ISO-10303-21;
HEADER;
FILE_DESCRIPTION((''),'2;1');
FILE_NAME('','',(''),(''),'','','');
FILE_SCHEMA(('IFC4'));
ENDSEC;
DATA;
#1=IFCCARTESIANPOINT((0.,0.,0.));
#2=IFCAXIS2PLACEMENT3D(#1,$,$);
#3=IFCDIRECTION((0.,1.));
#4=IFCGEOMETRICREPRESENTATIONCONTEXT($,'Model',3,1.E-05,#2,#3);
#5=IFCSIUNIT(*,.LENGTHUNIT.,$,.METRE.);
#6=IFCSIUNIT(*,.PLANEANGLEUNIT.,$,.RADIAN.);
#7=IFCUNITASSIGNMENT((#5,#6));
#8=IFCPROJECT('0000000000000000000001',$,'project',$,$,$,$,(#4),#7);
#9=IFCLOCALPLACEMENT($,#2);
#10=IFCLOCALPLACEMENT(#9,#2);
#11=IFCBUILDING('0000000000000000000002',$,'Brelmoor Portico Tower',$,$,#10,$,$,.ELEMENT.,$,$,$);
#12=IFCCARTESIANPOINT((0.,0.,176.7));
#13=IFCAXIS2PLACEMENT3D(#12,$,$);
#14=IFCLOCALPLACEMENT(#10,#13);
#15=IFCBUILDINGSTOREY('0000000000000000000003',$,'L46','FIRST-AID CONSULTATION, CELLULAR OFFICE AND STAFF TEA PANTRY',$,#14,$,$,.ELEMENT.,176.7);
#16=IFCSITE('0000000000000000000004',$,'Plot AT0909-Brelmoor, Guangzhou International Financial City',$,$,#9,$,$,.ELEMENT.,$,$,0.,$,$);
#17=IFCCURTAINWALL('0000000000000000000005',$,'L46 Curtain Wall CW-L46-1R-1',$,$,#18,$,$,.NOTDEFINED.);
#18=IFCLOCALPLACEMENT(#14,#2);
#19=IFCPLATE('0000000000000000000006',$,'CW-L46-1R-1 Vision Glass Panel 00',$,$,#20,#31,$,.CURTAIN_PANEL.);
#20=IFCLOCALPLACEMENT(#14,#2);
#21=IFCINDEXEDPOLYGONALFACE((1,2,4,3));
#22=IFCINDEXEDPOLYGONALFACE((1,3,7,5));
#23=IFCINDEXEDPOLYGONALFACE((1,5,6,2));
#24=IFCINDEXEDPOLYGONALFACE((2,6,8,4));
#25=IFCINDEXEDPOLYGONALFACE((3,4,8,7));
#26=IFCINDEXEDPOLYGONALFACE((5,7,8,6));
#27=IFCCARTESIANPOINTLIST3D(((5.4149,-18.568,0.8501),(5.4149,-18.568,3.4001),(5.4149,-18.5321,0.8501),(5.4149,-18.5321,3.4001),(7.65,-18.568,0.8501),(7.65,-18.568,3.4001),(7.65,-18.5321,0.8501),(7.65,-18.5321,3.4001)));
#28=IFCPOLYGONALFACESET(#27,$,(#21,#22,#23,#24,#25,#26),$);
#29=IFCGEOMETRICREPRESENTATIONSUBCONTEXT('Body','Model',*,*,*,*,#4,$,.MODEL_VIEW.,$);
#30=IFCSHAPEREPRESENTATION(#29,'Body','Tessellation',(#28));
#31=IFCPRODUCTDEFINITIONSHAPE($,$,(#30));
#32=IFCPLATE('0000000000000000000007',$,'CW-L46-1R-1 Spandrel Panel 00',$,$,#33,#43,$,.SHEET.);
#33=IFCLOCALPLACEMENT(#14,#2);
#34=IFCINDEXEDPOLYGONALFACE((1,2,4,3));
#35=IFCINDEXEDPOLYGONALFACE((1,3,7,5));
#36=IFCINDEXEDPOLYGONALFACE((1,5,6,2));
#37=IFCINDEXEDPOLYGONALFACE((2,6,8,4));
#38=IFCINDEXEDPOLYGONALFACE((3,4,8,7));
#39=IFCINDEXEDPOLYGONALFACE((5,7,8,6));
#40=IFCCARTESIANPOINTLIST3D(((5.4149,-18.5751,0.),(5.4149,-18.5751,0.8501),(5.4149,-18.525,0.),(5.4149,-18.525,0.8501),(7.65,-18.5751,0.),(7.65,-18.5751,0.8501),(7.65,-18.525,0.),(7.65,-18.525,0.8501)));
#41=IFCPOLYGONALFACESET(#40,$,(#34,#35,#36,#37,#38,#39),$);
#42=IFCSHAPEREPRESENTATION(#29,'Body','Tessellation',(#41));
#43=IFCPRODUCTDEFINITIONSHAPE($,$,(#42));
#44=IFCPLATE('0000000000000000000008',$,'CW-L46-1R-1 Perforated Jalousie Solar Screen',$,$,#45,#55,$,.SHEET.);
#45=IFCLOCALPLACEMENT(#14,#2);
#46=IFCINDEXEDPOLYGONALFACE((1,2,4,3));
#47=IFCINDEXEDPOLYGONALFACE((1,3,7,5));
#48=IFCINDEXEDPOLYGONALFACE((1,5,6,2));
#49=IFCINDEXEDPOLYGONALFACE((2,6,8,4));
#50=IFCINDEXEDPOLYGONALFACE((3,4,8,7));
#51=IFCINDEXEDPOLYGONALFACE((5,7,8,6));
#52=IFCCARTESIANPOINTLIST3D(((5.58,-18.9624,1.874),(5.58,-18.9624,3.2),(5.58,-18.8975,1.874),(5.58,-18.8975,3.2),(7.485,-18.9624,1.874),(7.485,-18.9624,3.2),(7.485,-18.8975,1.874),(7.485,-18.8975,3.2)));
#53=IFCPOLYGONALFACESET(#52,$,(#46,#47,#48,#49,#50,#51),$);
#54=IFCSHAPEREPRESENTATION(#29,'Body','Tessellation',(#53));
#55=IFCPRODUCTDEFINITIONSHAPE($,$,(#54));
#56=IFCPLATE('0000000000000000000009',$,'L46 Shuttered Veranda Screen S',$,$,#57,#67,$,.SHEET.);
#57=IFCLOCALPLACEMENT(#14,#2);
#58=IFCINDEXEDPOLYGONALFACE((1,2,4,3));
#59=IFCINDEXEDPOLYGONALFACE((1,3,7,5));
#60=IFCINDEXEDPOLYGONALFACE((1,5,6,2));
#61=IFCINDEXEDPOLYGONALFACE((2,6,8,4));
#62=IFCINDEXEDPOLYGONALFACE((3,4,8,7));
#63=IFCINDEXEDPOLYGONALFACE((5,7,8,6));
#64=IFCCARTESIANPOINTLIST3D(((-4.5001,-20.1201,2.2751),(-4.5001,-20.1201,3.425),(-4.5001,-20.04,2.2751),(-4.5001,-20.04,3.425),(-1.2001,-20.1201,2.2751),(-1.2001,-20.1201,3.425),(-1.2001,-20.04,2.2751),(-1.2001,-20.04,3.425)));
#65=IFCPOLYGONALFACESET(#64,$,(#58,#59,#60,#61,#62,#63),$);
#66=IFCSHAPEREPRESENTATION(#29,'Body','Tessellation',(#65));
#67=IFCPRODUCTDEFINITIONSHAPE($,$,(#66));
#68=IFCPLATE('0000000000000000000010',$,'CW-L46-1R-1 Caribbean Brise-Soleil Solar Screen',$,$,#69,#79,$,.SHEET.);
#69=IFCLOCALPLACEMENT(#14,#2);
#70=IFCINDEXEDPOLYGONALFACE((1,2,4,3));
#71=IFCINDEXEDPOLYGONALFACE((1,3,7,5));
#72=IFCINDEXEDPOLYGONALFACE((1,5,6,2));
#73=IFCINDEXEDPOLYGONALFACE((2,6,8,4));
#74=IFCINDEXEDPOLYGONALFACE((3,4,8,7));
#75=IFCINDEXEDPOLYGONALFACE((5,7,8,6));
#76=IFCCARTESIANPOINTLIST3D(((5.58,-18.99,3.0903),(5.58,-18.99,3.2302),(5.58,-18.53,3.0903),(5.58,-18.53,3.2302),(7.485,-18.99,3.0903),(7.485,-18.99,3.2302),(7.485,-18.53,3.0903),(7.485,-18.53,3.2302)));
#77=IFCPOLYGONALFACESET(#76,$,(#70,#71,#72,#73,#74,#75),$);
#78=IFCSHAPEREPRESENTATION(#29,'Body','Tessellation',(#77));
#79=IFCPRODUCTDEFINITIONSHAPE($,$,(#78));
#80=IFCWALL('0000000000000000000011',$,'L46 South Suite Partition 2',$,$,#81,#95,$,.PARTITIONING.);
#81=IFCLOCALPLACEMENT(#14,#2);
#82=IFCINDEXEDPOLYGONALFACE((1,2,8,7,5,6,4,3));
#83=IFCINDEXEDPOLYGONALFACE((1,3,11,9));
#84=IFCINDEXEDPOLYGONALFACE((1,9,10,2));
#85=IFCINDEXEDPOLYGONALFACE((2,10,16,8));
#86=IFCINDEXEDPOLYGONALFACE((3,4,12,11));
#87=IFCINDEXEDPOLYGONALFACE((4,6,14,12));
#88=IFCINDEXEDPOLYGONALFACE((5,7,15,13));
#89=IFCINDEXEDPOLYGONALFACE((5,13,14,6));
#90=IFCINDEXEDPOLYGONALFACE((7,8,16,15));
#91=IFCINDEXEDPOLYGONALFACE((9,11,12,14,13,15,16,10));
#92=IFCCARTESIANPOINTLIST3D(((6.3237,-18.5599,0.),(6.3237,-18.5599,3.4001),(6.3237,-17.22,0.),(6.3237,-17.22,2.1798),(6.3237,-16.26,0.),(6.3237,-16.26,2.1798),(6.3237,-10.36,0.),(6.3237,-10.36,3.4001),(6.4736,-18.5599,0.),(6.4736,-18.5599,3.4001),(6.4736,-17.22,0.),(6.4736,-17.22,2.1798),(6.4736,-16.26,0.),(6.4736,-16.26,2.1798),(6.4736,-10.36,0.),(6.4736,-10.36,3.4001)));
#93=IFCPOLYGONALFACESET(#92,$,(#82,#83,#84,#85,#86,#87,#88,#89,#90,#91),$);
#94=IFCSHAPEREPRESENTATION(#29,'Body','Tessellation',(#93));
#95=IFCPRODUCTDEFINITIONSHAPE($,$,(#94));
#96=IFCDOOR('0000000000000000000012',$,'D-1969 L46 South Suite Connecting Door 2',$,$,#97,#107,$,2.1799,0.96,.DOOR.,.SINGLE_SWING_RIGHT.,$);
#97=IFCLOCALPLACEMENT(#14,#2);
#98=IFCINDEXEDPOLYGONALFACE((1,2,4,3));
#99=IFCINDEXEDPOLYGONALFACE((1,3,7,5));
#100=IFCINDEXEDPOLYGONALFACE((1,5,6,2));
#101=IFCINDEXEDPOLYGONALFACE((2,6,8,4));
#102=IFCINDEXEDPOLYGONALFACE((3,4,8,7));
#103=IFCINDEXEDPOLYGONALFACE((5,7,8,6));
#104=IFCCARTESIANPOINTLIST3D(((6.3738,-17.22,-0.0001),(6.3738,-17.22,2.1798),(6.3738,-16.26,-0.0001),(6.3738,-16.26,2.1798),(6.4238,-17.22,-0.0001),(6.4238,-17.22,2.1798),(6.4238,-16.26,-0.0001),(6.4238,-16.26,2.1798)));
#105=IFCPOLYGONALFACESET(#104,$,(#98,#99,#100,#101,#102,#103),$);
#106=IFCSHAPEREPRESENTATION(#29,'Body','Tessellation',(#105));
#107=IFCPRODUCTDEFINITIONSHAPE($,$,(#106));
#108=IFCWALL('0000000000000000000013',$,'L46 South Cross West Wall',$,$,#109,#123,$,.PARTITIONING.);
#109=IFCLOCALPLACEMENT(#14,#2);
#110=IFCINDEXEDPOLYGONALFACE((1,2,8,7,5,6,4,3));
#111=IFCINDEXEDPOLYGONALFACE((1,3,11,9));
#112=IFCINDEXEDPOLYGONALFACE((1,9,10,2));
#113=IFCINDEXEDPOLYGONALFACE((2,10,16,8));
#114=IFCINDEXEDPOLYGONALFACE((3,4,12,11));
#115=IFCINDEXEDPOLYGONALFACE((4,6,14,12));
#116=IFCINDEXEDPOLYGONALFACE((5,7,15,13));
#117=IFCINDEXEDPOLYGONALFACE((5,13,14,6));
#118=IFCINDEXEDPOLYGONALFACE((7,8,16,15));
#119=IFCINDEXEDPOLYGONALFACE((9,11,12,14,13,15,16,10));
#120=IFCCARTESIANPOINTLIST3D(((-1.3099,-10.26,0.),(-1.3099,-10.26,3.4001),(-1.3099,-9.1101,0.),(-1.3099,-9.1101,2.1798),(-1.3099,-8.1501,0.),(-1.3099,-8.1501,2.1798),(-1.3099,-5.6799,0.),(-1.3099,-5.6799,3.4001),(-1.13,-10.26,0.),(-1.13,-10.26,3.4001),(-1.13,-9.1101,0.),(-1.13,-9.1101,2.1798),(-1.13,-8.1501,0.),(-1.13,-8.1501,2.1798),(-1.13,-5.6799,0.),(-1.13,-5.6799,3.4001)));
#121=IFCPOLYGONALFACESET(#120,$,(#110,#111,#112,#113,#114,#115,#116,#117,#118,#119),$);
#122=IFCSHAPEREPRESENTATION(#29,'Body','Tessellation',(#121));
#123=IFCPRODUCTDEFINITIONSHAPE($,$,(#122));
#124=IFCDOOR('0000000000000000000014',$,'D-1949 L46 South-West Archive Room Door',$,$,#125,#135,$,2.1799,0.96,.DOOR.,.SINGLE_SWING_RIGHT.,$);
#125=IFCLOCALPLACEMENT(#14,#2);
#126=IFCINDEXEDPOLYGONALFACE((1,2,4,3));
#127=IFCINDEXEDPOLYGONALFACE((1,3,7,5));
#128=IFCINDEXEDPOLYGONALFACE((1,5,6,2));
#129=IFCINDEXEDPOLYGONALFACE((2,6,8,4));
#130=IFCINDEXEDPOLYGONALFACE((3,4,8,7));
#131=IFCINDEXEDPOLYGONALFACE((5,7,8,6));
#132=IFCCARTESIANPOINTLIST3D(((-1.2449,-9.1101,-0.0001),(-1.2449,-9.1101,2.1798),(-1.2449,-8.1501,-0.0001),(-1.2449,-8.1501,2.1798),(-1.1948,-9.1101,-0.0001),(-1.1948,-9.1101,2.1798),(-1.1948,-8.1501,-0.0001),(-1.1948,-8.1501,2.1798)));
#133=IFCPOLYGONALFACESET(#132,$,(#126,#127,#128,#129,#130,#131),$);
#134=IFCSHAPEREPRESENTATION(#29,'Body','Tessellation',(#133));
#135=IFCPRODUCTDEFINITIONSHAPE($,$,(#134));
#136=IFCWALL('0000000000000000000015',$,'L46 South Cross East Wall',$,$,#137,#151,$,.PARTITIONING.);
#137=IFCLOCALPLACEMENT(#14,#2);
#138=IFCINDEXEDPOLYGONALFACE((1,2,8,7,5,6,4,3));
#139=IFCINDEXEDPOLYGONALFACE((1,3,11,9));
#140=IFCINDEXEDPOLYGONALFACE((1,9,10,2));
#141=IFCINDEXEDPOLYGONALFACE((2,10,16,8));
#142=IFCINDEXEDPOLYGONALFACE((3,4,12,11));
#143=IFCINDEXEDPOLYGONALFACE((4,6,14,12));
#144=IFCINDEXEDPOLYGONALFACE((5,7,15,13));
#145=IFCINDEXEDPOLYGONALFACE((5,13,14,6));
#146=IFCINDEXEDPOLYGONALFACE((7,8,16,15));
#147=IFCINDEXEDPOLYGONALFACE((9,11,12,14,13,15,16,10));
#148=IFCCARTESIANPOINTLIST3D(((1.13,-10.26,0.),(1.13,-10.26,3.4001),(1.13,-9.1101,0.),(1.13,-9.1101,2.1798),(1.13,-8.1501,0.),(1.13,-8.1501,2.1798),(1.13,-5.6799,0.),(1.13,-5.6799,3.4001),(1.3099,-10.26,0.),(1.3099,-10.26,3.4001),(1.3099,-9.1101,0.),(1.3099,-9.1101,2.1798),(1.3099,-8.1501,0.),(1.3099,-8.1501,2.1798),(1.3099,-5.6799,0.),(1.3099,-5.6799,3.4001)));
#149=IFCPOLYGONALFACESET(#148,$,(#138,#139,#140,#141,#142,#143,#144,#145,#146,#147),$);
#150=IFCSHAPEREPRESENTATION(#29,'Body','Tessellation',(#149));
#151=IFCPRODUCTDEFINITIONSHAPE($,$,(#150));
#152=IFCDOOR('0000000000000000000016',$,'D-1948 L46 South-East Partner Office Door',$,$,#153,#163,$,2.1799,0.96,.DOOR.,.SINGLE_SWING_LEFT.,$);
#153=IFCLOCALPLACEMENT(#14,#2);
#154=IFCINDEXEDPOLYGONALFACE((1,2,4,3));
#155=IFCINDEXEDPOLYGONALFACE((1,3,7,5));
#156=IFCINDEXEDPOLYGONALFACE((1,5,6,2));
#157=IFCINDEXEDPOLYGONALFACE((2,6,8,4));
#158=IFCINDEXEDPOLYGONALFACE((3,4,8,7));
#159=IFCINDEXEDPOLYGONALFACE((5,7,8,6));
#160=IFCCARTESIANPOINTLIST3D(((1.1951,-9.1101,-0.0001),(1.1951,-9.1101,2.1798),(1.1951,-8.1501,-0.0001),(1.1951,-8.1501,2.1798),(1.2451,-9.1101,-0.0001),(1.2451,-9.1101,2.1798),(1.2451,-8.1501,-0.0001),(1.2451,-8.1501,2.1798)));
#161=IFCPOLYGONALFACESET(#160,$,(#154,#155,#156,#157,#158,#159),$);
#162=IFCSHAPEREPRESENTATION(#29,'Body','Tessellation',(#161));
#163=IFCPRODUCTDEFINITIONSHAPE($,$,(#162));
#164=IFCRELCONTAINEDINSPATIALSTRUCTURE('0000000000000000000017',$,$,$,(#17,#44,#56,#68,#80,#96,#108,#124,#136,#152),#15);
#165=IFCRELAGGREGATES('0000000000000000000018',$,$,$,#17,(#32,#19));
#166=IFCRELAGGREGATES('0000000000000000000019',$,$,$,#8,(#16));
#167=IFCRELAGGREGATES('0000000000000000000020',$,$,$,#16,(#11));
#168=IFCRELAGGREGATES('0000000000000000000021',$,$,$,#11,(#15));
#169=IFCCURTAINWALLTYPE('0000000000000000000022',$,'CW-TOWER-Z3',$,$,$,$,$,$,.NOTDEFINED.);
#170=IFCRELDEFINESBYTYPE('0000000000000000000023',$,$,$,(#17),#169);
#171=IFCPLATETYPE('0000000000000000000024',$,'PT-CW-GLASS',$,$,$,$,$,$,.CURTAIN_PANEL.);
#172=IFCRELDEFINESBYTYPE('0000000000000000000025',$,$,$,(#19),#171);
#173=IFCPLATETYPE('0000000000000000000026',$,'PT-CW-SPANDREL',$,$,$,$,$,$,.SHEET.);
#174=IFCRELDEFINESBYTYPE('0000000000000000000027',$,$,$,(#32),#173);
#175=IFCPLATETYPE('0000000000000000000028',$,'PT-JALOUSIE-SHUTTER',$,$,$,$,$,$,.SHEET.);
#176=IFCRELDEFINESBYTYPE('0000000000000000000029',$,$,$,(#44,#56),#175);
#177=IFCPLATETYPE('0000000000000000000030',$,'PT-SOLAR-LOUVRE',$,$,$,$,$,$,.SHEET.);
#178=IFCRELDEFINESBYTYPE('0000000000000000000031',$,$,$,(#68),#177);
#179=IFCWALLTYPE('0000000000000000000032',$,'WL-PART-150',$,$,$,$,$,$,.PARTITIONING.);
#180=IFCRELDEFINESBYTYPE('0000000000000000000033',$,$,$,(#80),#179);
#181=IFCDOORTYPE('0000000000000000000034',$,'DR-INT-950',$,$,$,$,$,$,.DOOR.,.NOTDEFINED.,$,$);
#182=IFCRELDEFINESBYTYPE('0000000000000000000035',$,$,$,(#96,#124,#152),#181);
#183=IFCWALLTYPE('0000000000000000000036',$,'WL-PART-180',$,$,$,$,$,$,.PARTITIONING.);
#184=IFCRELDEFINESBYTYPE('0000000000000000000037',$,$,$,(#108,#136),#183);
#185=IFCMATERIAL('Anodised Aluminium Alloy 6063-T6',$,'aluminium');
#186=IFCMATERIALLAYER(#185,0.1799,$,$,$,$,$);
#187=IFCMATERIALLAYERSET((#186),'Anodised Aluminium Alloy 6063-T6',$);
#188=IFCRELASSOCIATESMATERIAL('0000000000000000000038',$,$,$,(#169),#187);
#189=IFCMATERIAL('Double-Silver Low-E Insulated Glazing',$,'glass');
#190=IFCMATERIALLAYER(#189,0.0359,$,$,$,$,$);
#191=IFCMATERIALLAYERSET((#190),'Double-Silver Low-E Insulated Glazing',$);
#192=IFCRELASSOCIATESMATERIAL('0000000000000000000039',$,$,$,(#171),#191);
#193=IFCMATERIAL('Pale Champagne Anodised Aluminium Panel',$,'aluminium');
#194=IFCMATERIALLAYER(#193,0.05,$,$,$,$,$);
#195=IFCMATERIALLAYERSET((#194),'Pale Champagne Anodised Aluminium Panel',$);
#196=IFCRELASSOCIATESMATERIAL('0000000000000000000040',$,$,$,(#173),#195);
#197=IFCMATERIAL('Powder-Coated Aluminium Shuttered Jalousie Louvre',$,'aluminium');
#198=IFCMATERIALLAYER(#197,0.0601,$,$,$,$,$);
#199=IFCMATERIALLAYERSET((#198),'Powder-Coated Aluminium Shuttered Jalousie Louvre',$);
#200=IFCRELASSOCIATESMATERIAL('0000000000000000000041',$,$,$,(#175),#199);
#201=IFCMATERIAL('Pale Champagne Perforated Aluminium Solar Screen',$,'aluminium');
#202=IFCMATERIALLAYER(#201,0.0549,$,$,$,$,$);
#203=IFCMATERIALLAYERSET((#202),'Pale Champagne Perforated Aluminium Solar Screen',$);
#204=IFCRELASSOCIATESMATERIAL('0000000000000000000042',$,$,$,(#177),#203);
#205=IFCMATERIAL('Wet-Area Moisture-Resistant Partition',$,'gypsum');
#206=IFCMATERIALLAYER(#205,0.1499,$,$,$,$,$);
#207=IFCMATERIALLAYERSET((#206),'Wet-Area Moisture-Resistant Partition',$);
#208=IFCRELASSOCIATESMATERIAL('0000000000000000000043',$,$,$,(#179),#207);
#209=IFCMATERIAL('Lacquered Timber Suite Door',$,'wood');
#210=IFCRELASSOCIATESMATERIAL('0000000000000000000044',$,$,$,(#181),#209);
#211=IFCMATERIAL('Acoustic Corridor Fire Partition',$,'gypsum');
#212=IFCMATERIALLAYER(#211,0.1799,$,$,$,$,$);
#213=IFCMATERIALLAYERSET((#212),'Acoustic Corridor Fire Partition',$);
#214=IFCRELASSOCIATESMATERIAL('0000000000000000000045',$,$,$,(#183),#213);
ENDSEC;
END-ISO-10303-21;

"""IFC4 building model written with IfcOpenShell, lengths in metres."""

from ifc_helpers import new_model, si_unit, direction, frame, frame_2d, origin, origin_2d, place, context, subcontext, project, spatial, rectangle, extrude, material, layer, layer_set, type_object, element, fill, aggregate, save


model = new_model("IFC4")

# Units and contexts
model_context = context("Model", 3, precision=1e-05, world=origin(), true_north=direction((0.0, 1.0)))
body_context = subcontext(model_context, "Body", "Model", "MODEL_VIEW")
ifc_project = project(units=[si_unit("LENGTHUNIT", "METRE"), si_unit("PLANEANGLEUNIT", "RADIAN")], contexts=[model_context])

# Site, building, storey
site_placement = place(None, origin())
site = spatial("IfcSite", under=ifc_project, at=site_placement, Name="Plot AT0909-Brelmoor, Guangzhou International Financial City", CompositionType="ELEMENT", RefElevation=0.0)
building_placement = place(site_placement, origin())
building = spatial("IfcBuilding", under=site, at=building_placement, Name="Brelmoor Portico Tower", CompositionType="ELEMENT")
storey_placement = place(building_placement, frame((0.0, 0.0, 176.7)))
storey = spatial("IfcBuildingStorey", under=building, at=storey_placement, Name="L46", Description="FIRST-AID CONSULTATION, CELLULAR OFFICE AND STAFF TEA PANTRY", CompositionType="ELEMENT", Elevation=176.7)

# Curtain wall
ifc_material_1 = material(Name="Anodised Aluminium Alloy 6063-T6", Category="aluminium")
ifc_layer_1 = layer(ifc_material_1, 0.1799)
ifc_layer_set_1 = layer_set([ifc_layer_1], Name="Anodised Aluminium Alloy 6063-T6")
curtain_wall_type_1 = type_object("IfcCurtainWallType", Name="CW-TOWER-Z3", PredefinedType="NOTDEFINED", material=ifc_layer_set_1)
curtain_wall_1_placement = place(storey_placement, origin())
curtain_wall_1 = element("IfcCurtainWall", 1, at=curtain_wall_1_placement, inside=storey, type_object=curtain_wall_type_1, Name="L46 Curtain Wall CW-L46-1R-1", PredefinedType="NOTDEFINED")

# Plates
ifc_material_2 = material(Name="Double-Silver Low-E Insulated Glazing", Category="glass")
ifc_layer_2 = layer(ifc_material_2, 0.0359)
ifc_layer_set_2 = layer_set([ifc_layer_2], Name="Double-Silver Low-E Insulated Glazing")
plate_type_1 = type_object("IfcPlateType", Name="PT-CW-GLASS", PredefinedType="CURTAIN_PANEL", material=ifc_layer_set_2)
plate_1_placement = place(storey_placement, frame((6.5325, -18.55, 0.8501), z_axis=(0.0, 0.0, 1.0), x_axis=(1.0, 0.0, 0.0)))
plate_1 = element("IfcPlate", 2, at=plate_1_placement, type_object=plate_type_1, Name="CW-L46-1R-1 Vision Glass Panel 00", PredefinedType="CURTAIN_PANEL", context=body_context, shape_type="SweptSolid", body=[
    extrude(rectangle(XDim=2.2351, YDim=0.0359, at=origin_2d()), origin(), (0.0, 0.0, 1.0), 2.55),
])
ifc_material_3 = material(Name="Pale Champagne Anodised Aluminium Panel", Category="aluminium")
ifc_layer_3 = layer(ifc_material_3, 0.05)
ifc_layer_set_3 = layer_set([ifc_layer_3], Name="Pale Champagne Anodised Aluminium Panel")
plate_type_2 = type_object("IfcPlateType", Name="PT-CW-SPANDREL", PredefinedType="SHEET", material=ifc_layer_set_3)
plate_2_placement = place(storey_placement, frame((6.5325, -18.55, 0.0), z_axis=(0.0, 0.0, 1.0), x_axis=(1.0, 0.0, 0.0)))
plate_2 = element("IfcPlate", 3, at=plate_2_placement, type_object=plate_type_2, Name="CW-L46-1R-1 Spandrel Panel 00", PredefinedType="SHEET", context=body_context, shape_type="SweptSolid", body=[
    extrude(rectangle(XDim=2.2351, YDim=0.05, at=origin_2d()), origin(), (0.0, 0.0, 1.0), 0.8501),
])
aggregate(curtain_wall_1, [plate_2, plate_1])

# Plates
ifc_material_4 = material(Name="Powder-Coated Aluminium Shuttered Jalousie Louvre", Category="aluminium")
ifc_layer_4 = layer(ifc_material_4, 0.0601)
ifc_layer_set_4 = layer_set([ifc_layer_4], Name="Powder-Coated Aluminium Shuttered Jalousie Louvre")
plate_type_3 = type_object("IfcPlateType", Name="PT-JALOUSIE-SHUTTER", PredefinedType="SHEET", material=ifc_layer_set_4)
plate_3_placement = place(storey_placement, frame((6.5325, -18.9299, 1.874), z_axis=(0.0, 0.0, 1.0), x_axis=(1.0, 0.0, 0.0)))
element("IfcPlate", 4, at=plate_3_placement, inside=storey, type_object=plate_type_3, Name="CW-L46-1R-1 Perforated Jalousie Solar Screen", PredefinedType="SHEET", context=body_context, shape_type="SweptSolid", body=[
    extrude(rectangle(XDim=1.905, YDim=0.0649, at=origin_2d()), origin(), (0.0, 0.0, 1.0), 1.3259),
])
plate_4_placement = place(storey_placement, frame((-2.8501, -20.0801, 2.2751), z_axis=(0.0, 0.0, 1.0), x_axis=(1.0, 0.0, 0.0)))
element("IfcPlate", 5, at=plate_4_placement, inside=storey, type_object=plate_type_3, Name="L46 Shuttered Veranda Screen S", PredefinedType="SHEET", context=body_context, shape_type="SweptSolid", body=[
    extrude(rectangle(XDim=3.3, YDim=0.0801, at=origin_2d()), origin(), (0.0, 0.0, 1.0), 1.1499),
])
ifc_material_5 = material(Name="Pale Champagne Perforated Aluminium Solar Screen", Category="aluminium")
ifc_layer_5 = layer(ifc_material_5, 0.0549)
ifc_layer_set_5 = layer_set([ifc_layer_5], Name="Pale Champagne Perforated Aluminium Solar Screen")
plate_type_4 = type_object("IfcPlateType", Name="PT-SOLAR-LOUVRE", PredefinedType="SHEET", material=ifc_layer_set_5)
plate_5_placement = place(storey_placement, frame((6.5325, -18.76, 3.0903), z_axis=(0.0, 0.0, 1.0), x_axis=(1.0, 0.0, 0.0)))
element("IfcPlate", 6, at=plate_5_placement, inside=storey, type_object=plate_type_4, Name="CW-L46-1R-1 Caribbean Brise-Soleil Solar Screen", PredefinedType="SHEET", context=body_context, shape_type="SweptSolid", body=[
    extrude(rectangle(XDim=1.905, YDim=0.46, at=origin_2d()), origin(), (0.0, 0.0, 1.0), 0.1399),
])

# Walls, openings, doors
ifc_material_6 = material(Name="Wet-Area Moisture-Resistant Partition", Category="gypsum")
ifc_layer_6 = layer(ifc_material_6, 0.1499)
ifc_layer_set_6 = layer_set([ifc_layer_6], Name="Wet-Area Moisture-Resistant Partition")
wall_type_1 = type_object("IfcWallType", Name="WL-PART-150", PredefinedType="PARTITIONING", material=ifc_layer_set_6)
wall_1_placement = place(storey_placement, frame((6.3987, -18.5601, 0.0), z_axis=(0.0, 0.0, 1.0), x_axis=(0.0, 1.0, 0.0)))
wall_1 = element("IfcWall", 7, at=wall_1_placement, inside=storey, type_object=wall_type_1, Name="L46 South Suite Partition 2", PredefinedType="PARTITIONING", context=body_context, shape_type="SweptSolid", body=[
    extrude(rectangle(XDim=8.2, YDim=0.1499, at=frame_2d((4.1001, 0.0))), origin(), (0.0, 0.0, 1.0), 3.4001),
])
opening_1_placement = place(wall_1_placement, frame((1.3401, 0.0, 0.0)))
opening_1 = element("IfcOpeningElement", 8, at=opening_1_placement, cuts=wall_1, PredefinedType="OPENING", context=body_context, shape_type="SweptSolid", body=[
    extrude(rectangle(XDim=0.96, YDim=2.1799, at=frame_2d((0.48, 1.0898))), frame((0.0, 0.085, 0.0), z_axis=(0.0, -1.0, 0.0), x_axis=(1.0, 0.0, 0.0)), (0.0, 0.0, 1.0), 0.1699),
])
ifc_material_7 = material(Name="Lacquered Timber Suite Door", Category="wood")
door_type_1 = type_object("IfcDoorType", Name="DR-INT-950", OperationType="NOTDEFINED", PredefinedType="DOOR", material=ifc_material_7)
door_1_placement = place(opening_1_placement, origin())
door_1 = element("IfcDoor", 9, at=door_1_placement, inside=storey, type_object=door_type_1, Name="D-1969 L46 South Suite Connecting Door 2", OperationType="SINGLE_SWING_RIGHT", OverallHeight=2.1799, OverallWidth=0.96, PredefinedType="DOOR", context=body_context, shape_type="SweptSolid", body=[
    extrude(rectangle(XDim=0.96, YDim=2.1799, at=frame_2d((0.48, 1.0898))), frame((0.0, 0.0249, 0.0), z_axis=(0.0, -1.0, 0.0), x_axis=(1.0, 0.0, 0.0)), (0.0, 0.0, 1.0), 0.05),
])
fill(opening_1, door_1)
ifc_material_8 = material(Name="Acoustic Corridor Fire Partition", Category="gypsum")
ifc_layer_7 = layer(ifc_material_8, 0.1799)
ifc_layer_set_7 = layer_set([ifc_layer_7], Name="Acoustic Corridor Fire Partition")
wall_type_2 = type_object("IfcWallType", Name="WL-PART-180", PredefinedType="PARTITIONING", material=ifc_layer_set_7)
wall_2_placement = place(storey_placement, frame((-1.22, -10.26, 0.0), z_axis=(0.0, 0.0, 1.0), x_axis=(0.0, 1.0, 0.0)))
wall_2 = element("IfcWall", 10, at=wall_2_placement, inside=storey, type_object=wall_type_2, Name="L46 South Cross West Wall", PredefinedType="PARTITIONING", context=body_context, shape_type="SweptSolid", body=[
    extrude(rectangle(XDim=4.5801, YDim=0.1799, at=frame_2d((2.29, 0.0))), origin(), (0.0, 0.0, 1.0), 3.4001),
])
opening_2_placement = place(wall_2_placement, frame((1.1499, 0.0, 0.0)))
opening_2 = element("IfcOpeningElement", 11, at=opening_2_placement, cuts=wall_2, PredefinedType="OPENING", context=body_context, shape_type="SweptSolid", body=[
    extrude(rectangle(XDim=0.96, YDim=2.1799, at=frame_2d((0.48, 1.0898))), frame((0.0, 0.0999, 0.0), z_axis=(0.0, -1.0, 0.0), x_axis=(1.0, 0.0, 0.0)), (0.0, 0.0, 1.0), 0.2),
])
door_2_placement = place(opening_2_placement, origin())
door_2 = element("IfcDoor", 12, at=door_2_placement, inside=storey, type_object=door_type_1, Name="D-1949 L46 South-West Archive Room Door", OperationType="SINGLE_SWING_RIGHT", OverallHeight=2.1799, OverallWidth=0.96, PredefinedType="DOOR", context=body_context, shape_type="SweptSolid", body=[
    extrude(rectangle(XDim=0.96, YDim=2.1799, at=frame_2d((0.48, 1.0898))), frame((0.0, 0.0249, 0.0), z_axis=(0.0, -1.0, 0.0), x_axis=(1.0, 0.0, 0.0)), (0.0, 0.0, 1.0), 0.05),
])
fill(opening_2, door_2)
wall_3_placement = place(storey_placement, frame((1.22, -10.26, 0.0), z_axis=(0.0, 0.0, 1.0), x_axis=(0.0, 1.0, 0.0)))
wall_3 = element("IfcWall", 13, at=wall_3_placement, inside=storey, type_object=wall_type_2, Name="L46 South Cross East Wall", PredefinedType="PARTITIONING", context=body_context, shape_type="SweptSolid", body=[
    extrude(rectangle(XDim=4.5801, YDim=0.1799, at=frame_2d((2.29, 0.0))), origin(), (0.0, 0.0, 1.0), 3.4001),
])
opening_3_placement = place(wall_3_placement, frame((1.1499, 0.0, 0.0)))
opening_3 = element("IfcOpeningElement", 14, at=opening_3_placement, cuts=wall_3, PredefinedType="OPENING", context=body_context, shape_type="SweptSolid", body=[
    extrude(rectangle(XDim=0.96, YDim=2.1799, at=frame_2d((0.48, 1.0898))), frame((0.0, 0.0999, 0.0), z_axis=(0.0, -1.0, 0.0), x_axis=(1.0, 0.0, 0.0)), (0.0, 0.0, 1.0), 0.2),
])
door_3_placement = place(opening_3_placement, origin())
door_3 = element("IfcDoor", 15, at=door_3_placement, inside=storey, type_object=door_type_1, Name="D-1948 L46 South-East Partner Office Door", OperationType="SINGLE_SWING_LEFT", OverallHeight=2.1799, OverallWidth=0.96, PredefinedType="DOOR", context=body_context, shape_type="SweptSolid", body=[
    extrude(rectangle(XDim=0.96, YDim=2.1799, at=frame_2d((0.48, 1.0898))), frame((0.0, 0.0249, 0.0), z_axis=(0.0, -1.0, 0.0), x_axis=(1.0, 0.0, 0.0)), (0.0, 0.0, 1.0), 0.05),
])
fill(opening_3, door_3)

save(model, "model.ifc")
